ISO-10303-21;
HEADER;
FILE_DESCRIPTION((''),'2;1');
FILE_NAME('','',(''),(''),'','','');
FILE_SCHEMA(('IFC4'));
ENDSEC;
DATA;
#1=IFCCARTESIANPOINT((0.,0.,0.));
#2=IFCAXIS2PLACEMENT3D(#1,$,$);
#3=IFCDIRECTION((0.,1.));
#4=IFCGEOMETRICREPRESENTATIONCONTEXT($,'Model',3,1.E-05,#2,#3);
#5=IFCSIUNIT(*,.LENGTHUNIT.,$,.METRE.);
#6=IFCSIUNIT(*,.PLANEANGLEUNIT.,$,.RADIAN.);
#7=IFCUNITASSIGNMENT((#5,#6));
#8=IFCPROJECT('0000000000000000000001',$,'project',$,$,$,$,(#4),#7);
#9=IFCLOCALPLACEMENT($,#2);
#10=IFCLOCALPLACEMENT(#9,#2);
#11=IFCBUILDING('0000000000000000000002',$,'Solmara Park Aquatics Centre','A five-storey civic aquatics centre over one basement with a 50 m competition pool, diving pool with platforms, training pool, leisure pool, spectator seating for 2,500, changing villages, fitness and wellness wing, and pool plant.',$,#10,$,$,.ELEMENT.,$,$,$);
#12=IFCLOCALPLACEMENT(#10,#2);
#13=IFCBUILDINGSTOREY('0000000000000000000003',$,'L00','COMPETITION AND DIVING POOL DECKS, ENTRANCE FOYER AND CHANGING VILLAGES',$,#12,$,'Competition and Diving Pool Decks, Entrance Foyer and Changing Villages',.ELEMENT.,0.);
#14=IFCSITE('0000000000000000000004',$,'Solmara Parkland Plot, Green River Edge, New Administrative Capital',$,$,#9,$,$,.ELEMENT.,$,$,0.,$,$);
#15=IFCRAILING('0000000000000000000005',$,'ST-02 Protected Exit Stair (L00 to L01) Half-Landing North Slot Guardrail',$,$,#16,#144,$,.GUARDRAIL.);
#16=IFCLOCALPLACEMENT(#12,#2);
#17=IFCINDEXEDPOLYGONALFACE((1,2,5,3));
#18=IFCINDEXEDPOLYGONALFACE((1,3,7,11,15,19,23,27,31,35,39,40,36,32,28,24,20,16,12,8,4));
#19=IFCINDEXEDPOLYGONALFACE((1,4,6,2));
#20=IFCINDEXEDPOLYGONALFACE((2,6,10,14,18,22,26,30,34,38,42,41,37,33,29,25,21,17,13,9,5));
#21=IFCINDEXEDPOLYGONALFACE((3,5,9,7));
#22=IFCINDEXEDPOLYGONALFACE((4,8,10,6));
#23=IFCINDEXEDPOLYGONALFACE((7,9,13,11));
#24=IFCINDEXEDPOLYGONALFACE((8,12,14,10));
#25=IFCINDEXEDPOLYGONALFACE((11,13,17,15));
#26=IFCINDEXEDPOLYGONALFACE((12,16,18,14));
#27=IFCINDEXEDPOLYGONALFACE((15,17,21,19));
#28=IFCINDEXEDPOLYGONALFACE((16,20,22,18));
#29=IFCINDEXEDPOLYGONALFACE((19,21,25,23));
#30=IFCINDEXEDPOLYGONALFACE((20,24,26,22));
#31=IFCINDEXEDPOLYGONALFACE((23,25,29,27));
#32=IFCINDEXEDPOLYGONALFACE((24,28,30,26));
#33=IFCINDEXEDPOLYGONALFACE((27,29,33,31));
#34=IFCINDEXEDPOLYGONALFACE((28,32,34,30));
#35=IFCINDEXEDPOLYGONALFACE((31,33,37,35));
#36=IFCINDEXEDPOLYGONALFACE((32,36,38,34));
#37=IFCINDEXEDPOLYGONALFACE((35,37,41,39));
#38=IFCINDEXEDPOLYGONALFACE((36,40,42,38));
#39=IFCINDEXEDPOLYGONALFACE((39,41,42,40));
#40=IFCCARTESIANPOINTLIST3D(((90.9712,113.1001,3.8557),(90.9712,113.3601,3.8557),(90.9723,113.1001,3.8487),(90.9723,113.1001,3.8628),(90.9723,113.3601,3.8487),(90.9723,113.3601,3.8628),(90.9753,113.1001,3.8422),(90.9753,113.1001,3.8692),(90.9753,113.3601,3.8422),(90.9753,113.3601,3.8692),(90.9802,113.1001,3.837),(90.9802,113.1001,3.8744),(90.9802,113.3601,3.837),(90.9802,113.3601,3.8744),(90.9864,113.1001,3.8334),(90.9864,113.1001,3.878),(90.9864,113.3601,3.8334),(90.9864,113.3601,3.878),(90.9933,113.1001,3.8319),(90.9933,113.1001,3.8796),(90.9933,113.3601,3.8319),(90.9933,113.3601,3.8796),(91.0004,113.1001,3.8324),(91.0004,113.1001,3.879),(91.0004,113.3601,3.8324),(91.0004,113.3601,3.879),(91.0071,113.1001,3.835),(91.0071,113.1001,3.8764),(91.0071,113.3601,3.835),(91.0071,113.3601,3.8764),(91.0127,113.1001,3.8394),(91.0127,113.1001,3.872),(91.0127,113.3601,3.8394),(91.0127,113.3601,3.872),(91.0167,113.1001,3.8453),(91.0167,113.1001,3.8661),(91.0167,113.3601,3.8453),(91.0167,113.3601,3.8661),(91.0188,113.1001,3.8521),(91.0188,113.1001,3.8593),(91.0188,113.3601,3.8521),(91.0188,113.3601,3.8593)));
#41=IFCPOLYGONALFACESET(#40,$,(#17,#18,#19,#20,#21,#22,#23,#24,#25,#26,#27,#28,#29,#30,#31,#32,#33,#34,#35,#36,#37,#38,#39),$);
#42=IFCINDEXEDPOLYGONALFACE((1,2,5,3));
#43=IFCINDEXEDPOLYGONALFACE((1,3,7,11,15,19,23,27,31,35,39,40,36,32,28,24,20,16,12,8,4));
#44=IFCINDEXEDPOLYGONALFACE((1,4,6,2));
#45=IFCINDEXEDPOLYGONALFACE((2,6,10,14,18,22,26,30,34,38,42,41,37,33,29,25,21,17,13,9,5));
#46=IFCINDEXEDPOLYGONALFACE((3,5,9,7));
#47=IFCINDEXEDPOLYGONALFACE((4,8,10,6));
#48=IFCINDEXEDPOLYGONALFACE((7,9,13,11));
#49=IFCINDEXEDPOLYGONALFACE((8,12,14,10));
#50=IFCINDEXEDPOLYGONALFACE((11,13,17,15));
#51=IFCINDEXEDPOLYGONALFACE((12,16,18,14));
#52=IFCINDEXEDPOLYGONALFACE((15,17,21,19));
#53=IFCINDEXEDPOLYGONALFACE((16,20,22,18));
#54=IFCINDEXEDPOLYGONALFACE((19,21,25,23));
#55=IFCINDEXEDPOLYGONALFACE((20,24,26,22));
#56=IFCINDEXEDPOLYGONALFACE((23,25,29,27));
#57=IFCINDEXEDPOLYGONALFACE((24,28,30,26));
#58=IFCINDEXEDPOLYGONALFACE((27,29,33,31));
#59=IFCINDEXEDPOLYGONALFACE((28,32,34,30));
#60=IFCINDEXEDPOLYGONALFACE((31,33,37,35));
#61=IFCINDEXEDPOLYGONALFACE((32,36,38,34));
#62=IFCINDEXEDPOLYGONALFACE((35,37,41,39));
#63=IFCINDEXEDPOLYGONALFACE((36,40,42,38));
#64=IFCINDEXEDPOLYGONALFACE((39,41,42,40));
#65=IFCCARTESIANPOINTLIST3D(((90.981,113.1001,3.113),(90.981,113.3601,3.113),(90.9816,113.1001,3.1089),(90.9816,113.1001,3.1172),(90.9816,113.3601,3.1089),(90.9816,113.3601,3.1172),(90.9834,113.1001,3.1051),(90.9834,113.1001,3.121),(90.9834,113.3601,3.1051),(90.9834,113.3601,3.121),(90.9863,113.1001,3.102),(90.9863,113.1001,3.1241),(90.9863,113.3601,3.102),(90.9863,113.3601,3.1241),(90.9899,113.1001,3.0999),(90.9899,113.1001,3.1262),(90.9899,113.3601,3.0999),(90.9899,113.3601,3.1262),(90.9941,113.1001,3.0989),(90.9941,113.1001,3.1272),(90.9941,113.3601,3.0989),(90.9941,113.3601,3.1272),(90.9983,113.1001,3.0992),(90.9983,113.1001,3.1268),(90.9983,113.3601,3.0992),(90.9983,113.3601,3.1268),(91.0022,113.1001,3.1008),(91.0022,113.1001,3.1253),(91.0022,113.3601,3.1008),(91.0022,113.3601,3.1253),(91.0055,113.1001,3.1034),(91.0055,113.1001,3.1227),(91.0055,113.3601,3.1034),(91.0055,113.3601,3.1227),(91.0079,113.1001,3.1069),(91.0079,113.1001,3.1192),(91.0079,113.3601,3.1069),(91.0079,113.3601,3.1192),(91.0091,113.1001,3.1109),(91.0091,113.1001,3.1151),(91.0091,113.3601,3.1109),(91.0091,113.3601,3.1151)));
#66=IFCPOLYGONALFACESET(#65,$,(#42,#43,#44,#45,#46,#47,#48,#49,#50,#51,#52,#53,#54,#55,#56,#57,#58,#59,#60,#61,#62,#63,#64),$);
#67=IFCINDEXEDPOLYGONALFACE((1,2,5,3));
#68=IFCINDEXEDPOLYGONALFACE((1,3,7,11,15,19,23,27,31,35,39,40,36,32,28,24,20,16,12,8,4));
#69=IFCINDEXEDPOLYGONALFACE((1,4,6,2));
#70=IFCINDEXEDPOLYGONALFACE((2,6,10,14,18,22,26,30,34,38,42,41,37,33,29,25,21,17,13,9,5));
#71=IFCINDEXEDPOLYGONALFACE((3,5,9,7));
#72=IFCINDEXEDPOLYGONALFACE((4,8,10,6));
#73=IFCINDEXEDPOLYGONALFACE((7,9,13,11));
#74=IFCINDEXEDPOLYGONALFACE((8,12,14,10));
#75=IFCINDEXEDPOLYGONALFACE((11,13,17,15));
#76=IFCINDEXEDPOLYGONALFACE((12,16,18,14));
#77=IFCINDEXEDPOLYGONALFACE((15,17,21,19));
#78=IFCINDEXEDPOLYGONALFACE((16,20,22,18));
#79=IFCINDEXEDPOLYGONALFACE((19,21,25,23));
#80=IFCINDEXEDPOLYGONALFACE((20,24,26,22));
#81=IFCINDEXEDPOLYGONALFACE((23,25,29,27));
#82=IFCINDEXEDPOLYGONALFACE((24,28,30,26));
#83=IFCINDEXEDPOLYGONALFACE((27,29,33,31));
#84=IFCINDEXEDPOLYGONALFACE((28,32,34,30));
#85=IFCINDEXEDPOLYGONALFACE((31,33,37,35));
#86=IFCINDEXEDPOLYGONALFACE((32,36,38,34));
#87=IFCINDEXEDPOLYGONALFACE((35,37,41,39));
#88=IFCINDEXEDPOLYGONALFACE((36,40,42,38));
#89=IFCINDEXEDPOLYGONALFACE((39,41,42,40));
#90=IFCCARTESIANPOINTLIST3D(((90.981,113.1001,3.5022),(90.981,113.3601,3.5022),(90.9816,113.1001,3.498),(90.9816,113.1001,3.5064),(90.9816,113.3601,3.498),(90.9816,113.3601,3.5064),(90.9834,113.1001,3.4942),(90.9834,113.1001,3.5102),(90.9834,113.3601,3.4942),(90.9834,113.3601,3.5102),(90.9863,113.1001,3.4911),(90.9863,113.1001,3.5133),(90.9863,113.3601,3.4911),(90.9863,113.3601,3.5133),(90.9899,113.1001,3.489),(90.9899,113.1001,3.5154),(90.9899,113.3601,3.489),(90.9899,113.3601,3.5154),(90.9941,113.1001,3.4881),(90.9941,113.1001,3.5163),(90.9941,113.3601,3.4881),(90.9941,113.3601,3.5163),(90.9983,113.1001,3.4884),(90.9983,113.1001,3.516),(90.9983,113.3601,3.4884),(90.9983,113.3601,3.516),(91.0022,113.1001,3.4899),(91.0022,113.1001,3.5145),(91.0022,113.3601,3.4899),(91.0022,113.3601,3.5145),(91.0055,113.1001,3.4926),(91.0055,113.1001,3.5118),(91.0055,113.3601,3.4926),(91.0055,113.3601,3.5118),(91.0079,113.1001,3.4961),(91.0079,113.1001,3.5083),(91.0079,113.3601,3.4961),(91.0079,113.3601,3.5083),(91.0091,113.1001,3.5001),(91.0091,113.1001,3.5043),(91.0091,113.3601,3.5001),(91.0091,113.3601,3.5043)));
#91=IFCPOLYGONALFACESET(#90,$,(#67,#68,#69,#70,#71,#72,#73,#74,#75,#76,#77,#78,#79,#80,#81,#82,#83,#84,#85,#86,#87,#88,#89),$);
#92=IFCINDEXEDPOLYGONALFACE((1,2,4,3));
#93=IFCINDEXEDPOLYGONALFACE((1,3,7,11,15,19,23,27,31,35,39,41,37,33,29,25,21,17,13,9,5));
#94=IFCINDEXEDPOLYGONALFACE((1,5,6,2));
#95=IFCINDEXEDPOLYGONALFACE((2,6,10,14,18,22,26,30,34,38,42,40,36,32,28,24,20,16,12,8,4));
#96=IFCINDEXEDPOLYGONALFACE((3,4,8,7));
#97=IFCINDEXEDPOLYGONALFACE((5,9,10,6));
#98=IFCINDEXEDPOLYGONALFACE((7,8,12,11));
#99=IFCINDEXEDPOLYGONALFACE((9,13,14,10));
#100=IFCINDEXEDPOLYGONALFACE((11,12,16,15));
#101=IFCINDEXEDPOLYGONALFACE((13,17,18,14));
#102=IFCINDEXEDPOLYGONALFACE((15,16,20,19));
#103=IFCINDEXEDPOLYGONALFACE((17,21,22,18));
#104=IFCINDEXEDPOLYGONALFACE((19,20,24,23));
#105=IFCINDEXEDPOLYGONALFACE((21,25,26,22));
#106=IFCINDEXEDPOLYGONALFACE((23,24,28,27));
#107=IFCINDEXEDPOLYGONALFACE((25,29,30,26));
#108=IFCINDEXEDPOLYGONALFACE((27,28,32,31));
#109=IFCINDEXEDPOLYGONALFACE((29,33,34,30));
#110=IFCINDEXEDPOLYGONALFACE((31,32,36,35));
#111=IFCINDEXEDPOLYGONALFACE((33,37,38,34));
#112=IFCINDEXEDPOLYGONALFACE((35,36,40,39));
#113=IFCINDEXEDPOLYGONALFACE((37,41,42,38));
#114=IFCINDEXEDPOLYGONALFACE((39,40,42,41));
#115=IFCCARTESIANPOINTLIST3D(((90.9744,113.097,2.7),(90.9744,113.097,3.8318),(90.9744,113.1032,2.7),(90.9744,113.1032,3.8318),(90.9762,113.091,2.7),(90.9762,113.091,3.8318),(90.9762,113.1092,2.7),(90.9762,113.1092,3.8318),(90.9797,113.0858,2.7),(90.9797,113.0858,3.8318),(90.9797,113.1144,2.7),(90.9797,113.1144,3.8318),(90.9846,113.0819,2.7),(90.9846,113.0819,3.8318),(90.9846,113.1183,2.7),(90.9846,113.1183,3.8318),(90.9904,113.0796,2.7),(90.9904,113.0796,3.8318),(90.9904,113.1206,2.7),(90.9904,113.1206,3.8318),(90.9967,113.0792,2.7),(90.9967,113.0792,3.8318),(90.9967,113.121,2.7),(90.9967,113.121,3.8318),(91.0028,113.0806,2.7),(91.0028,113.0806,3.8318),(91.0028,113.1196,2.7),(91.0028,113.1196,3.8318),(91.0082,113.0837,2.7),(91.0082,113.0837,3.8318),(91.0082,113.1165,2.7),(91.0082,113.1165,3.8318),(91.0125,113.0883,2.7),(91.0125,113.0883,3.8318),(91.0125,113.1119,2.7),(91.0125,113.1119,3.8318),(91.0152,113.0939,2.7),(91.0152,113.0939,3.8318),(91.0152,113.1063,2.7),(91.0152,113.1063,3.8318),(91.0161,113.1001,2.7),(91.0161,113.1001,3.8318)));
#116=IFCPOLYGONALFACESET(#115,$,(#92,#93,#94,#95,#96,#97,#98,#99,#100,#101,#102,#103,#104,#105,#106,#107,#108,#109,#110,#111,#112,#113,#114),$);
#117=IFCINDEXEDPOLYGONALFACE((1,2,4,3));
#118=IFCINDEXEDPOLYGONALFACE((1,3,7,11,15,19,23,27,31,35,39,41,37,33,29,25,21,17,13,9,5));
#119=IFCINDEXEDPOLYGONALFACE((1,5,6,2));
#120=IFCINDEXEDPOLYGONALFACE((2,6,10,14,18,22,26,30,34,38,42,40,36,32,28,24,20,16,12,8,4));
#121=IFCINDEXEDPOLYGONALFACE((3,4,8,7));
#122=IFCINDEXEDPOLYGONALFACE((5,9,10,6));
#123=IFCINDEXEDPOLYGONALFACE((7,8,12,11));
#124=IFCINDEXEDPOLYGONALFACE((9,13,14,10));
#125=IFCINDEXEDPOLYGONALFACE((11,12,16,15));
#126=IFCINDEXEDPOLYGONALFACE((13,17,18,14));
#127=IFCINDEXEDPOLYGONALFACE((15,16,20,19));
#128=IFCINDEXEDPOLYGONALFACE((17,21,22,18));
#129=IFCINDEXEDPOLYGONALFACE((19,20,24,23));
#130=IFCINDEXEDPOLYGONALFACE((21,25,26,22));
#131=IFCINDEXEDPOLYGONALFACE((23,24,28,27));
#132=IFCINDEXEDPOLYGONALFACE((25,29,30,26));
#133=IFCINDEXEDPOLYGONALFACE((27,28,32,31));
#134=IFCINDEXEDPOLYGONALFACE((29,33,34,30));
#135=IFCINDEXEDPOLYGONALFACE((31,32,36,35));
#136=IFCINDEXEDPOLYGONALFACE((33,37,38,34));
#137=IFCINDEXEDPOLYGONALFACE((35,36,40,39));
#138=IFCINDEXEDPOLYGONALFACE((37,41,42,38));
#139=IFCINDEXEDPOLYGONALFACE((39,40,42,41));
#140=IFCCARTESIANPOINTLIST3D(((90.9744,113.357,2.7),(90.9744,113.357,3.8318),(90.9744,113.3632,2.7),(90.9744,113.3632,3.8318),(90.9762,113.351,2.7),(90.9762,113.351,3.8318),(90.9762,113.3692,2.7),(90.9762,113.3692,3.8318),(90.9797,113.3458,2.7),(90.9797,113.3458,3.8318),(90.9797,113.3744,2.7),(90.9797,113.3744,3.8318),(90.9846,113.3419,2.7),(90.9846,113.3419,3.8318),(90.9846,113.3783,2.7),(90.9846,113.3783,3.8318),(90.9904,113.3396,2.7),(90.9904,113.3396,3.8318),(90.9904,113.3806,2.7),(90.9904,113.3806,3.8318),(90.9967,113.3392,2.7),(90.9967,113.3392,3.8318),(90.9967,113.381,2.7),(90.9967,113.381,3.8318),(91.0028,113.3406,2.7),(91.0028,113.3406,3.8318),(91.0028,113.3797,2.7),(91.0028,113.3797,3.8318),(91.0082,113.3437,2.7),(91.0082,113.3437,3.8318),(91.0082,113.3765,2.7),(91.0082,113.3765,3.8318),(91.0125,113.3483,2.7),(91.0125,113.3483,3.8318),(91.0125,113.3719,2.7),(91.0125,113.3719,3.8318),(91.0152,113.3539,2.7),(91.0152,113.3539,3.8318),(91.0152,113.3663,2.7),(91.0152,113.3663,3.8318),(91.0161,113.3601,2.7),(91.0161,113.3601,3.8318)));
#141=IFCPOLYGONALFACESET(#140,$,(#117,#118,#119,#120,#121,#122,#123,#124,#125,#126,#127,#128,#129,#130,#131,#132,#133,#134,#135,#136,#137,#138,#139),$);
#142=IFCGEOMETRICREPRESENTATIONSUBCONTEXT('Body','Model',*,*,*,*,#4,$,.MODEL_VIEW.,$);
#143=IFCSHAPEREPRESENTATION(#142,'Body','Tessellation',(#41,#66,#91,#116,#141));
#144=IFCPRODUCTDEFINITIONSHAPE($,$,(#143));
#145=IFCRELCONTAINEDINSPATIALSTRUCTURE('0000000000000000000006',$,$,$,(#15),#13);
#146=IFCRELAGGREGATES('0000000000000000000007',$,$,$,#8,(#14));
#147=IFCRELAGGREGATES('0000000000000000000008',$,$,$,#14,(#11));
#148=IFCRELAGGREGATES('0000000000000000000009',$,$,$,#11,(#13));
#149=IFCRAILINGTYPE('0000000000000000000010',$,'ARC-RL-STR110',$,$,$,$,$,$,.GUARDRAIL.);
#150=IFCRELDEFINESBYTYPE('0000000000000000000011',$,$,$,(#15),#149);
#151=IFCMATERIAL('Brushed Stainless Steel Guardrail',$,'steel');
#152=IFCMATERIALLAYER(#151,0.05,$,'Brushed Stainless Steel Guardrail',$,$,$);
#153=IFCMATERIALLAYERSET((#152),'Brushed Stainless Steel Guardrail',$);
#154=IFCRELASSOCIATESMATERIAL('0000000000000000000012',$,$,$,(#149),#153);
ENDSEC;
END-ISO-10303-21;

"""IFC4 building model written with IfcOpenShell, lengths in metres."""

from ifc_helpers import new_model, si_unit, direction, frame, origin, origin_2d, place, context, subcontext, project, spatial, circle, extrude, material, layer, layer_set, type_object, element, save


model = new_model("IFC4")

# Units and contexts
model_context = context("Model", 3, precision=1e-05, world=origin(), true_north=direction((0.0, 1.0)))
body_context = subcontext(model_context, "Body", "Model", "MODEL_VIEW")
ifc_project = project(units=[si_unit("LENGTHUNIT", "METRE"), si_unit("PLANEANGLEUNIT", "RADIAN")], contexts=[model_context])

# Site, building, storey
site_placement = place(None, origin())
site = spatial("IfcSite", under=ifc_project, at=site_placement, Name="Solmara Parkland Plot, Green River Edge, New Administrative Capital", CompositionType="ELEMENT", RefElevation=0.0)
building_placement = place(site_placement, origin())
building = spatial("IfcBuilding", under=site, at=building_placement, Name="Solmara Park Aquatics Centre", Description="A five-storey civic aquatics centre over one basement with a 50 m competition pool, diving pool with platforms, training pool, leisure pool, spectator seating for 2,500, changing villages, fitness and wellness wing, and pool plant.", CompositionType="ELEMENT")
storey_placement = place(building_placement, origin())
storey = spatial("IfcBuildingStorey", under=building, at=storey_placement, Name="L00", Description="COMPETITION AND DIVING POOL DECKS, ENTRANCE FOYER AND CHANGING VILLAGES", LongName="Competition and Diving Pool Decks, Entrance Foyer and Changing Villages", CompositionType="ELEMENT", Elevation=0.0)

# Railing
ifc_material_1 = material(Name="Brushed Stainless Steel Guardrail", Category="steel")
ifc_layer_1 = layer(ifc_material_1, 0.05, Name="Brushed Stainless Steel Guardrail")
ifc_layer_set_1 = layer_set([ifc_layer_1], Name="Brushed Stainless Steel Guardrail")
railing_type_1 = type_object("IfcRailingType", Name="ARC-RL-STR110", PredefinedType="GUARDRAIL", material=ifc_layer_set_1)
railing_1_placement = place(storey_placement, frame((90.9951, 113.1001, 2.7)))
element("IfcRailing", 1, at=railing_1_placement, inside=storey, type_object=railing_type_1, Name="ST-02 Protected Exit Stair (L00 to L01) Half-Landing North Slot Guardrail", PredefinedType="GUARDRAIL", context=body_context, shape_type="SweptSolid", body=[
    extrude(circle(Radius=0.0239, at=origin_2d()), frame((0.0, 0.0, 1.1558), z_axis=(0.0, 1.0, 0.0), x_axis=(-1.0, 0.0, 0.0)), (0.0, 0.0, 1.0), 0.26),
    extrude(circle(Radius=0.0142, at=origin_2d()), frame((0.0, 0.0, 0.4131), z_axis=(0.0, 1.0, 0.0), x_axis=(-1.0, 0.0, 0.0)), (0.0, 0.0, 1.0), 0.26),
    extrude(circle(Radius=0.0142, at=origin_2d()), frame((0.0, 0.0, 0.8022), z_axis=(0.0, 1.0, 0.0), x_axis=(-1.0, 0.0, 0.0)), (0.0, 0.0, 1.0), 0.26),
    extrude(circle(Radius=0.021, at=origin_2d()), origin(), (0.0, 0.0, 1.0), 1.1318),
    extrude(circle(Radius=0.021, at=origin_2d()), frame((0.0, 0.26, 0.0)), (0.0, 0.0, 1.0), 1.1318),
])

save(model, "model.ifc")
